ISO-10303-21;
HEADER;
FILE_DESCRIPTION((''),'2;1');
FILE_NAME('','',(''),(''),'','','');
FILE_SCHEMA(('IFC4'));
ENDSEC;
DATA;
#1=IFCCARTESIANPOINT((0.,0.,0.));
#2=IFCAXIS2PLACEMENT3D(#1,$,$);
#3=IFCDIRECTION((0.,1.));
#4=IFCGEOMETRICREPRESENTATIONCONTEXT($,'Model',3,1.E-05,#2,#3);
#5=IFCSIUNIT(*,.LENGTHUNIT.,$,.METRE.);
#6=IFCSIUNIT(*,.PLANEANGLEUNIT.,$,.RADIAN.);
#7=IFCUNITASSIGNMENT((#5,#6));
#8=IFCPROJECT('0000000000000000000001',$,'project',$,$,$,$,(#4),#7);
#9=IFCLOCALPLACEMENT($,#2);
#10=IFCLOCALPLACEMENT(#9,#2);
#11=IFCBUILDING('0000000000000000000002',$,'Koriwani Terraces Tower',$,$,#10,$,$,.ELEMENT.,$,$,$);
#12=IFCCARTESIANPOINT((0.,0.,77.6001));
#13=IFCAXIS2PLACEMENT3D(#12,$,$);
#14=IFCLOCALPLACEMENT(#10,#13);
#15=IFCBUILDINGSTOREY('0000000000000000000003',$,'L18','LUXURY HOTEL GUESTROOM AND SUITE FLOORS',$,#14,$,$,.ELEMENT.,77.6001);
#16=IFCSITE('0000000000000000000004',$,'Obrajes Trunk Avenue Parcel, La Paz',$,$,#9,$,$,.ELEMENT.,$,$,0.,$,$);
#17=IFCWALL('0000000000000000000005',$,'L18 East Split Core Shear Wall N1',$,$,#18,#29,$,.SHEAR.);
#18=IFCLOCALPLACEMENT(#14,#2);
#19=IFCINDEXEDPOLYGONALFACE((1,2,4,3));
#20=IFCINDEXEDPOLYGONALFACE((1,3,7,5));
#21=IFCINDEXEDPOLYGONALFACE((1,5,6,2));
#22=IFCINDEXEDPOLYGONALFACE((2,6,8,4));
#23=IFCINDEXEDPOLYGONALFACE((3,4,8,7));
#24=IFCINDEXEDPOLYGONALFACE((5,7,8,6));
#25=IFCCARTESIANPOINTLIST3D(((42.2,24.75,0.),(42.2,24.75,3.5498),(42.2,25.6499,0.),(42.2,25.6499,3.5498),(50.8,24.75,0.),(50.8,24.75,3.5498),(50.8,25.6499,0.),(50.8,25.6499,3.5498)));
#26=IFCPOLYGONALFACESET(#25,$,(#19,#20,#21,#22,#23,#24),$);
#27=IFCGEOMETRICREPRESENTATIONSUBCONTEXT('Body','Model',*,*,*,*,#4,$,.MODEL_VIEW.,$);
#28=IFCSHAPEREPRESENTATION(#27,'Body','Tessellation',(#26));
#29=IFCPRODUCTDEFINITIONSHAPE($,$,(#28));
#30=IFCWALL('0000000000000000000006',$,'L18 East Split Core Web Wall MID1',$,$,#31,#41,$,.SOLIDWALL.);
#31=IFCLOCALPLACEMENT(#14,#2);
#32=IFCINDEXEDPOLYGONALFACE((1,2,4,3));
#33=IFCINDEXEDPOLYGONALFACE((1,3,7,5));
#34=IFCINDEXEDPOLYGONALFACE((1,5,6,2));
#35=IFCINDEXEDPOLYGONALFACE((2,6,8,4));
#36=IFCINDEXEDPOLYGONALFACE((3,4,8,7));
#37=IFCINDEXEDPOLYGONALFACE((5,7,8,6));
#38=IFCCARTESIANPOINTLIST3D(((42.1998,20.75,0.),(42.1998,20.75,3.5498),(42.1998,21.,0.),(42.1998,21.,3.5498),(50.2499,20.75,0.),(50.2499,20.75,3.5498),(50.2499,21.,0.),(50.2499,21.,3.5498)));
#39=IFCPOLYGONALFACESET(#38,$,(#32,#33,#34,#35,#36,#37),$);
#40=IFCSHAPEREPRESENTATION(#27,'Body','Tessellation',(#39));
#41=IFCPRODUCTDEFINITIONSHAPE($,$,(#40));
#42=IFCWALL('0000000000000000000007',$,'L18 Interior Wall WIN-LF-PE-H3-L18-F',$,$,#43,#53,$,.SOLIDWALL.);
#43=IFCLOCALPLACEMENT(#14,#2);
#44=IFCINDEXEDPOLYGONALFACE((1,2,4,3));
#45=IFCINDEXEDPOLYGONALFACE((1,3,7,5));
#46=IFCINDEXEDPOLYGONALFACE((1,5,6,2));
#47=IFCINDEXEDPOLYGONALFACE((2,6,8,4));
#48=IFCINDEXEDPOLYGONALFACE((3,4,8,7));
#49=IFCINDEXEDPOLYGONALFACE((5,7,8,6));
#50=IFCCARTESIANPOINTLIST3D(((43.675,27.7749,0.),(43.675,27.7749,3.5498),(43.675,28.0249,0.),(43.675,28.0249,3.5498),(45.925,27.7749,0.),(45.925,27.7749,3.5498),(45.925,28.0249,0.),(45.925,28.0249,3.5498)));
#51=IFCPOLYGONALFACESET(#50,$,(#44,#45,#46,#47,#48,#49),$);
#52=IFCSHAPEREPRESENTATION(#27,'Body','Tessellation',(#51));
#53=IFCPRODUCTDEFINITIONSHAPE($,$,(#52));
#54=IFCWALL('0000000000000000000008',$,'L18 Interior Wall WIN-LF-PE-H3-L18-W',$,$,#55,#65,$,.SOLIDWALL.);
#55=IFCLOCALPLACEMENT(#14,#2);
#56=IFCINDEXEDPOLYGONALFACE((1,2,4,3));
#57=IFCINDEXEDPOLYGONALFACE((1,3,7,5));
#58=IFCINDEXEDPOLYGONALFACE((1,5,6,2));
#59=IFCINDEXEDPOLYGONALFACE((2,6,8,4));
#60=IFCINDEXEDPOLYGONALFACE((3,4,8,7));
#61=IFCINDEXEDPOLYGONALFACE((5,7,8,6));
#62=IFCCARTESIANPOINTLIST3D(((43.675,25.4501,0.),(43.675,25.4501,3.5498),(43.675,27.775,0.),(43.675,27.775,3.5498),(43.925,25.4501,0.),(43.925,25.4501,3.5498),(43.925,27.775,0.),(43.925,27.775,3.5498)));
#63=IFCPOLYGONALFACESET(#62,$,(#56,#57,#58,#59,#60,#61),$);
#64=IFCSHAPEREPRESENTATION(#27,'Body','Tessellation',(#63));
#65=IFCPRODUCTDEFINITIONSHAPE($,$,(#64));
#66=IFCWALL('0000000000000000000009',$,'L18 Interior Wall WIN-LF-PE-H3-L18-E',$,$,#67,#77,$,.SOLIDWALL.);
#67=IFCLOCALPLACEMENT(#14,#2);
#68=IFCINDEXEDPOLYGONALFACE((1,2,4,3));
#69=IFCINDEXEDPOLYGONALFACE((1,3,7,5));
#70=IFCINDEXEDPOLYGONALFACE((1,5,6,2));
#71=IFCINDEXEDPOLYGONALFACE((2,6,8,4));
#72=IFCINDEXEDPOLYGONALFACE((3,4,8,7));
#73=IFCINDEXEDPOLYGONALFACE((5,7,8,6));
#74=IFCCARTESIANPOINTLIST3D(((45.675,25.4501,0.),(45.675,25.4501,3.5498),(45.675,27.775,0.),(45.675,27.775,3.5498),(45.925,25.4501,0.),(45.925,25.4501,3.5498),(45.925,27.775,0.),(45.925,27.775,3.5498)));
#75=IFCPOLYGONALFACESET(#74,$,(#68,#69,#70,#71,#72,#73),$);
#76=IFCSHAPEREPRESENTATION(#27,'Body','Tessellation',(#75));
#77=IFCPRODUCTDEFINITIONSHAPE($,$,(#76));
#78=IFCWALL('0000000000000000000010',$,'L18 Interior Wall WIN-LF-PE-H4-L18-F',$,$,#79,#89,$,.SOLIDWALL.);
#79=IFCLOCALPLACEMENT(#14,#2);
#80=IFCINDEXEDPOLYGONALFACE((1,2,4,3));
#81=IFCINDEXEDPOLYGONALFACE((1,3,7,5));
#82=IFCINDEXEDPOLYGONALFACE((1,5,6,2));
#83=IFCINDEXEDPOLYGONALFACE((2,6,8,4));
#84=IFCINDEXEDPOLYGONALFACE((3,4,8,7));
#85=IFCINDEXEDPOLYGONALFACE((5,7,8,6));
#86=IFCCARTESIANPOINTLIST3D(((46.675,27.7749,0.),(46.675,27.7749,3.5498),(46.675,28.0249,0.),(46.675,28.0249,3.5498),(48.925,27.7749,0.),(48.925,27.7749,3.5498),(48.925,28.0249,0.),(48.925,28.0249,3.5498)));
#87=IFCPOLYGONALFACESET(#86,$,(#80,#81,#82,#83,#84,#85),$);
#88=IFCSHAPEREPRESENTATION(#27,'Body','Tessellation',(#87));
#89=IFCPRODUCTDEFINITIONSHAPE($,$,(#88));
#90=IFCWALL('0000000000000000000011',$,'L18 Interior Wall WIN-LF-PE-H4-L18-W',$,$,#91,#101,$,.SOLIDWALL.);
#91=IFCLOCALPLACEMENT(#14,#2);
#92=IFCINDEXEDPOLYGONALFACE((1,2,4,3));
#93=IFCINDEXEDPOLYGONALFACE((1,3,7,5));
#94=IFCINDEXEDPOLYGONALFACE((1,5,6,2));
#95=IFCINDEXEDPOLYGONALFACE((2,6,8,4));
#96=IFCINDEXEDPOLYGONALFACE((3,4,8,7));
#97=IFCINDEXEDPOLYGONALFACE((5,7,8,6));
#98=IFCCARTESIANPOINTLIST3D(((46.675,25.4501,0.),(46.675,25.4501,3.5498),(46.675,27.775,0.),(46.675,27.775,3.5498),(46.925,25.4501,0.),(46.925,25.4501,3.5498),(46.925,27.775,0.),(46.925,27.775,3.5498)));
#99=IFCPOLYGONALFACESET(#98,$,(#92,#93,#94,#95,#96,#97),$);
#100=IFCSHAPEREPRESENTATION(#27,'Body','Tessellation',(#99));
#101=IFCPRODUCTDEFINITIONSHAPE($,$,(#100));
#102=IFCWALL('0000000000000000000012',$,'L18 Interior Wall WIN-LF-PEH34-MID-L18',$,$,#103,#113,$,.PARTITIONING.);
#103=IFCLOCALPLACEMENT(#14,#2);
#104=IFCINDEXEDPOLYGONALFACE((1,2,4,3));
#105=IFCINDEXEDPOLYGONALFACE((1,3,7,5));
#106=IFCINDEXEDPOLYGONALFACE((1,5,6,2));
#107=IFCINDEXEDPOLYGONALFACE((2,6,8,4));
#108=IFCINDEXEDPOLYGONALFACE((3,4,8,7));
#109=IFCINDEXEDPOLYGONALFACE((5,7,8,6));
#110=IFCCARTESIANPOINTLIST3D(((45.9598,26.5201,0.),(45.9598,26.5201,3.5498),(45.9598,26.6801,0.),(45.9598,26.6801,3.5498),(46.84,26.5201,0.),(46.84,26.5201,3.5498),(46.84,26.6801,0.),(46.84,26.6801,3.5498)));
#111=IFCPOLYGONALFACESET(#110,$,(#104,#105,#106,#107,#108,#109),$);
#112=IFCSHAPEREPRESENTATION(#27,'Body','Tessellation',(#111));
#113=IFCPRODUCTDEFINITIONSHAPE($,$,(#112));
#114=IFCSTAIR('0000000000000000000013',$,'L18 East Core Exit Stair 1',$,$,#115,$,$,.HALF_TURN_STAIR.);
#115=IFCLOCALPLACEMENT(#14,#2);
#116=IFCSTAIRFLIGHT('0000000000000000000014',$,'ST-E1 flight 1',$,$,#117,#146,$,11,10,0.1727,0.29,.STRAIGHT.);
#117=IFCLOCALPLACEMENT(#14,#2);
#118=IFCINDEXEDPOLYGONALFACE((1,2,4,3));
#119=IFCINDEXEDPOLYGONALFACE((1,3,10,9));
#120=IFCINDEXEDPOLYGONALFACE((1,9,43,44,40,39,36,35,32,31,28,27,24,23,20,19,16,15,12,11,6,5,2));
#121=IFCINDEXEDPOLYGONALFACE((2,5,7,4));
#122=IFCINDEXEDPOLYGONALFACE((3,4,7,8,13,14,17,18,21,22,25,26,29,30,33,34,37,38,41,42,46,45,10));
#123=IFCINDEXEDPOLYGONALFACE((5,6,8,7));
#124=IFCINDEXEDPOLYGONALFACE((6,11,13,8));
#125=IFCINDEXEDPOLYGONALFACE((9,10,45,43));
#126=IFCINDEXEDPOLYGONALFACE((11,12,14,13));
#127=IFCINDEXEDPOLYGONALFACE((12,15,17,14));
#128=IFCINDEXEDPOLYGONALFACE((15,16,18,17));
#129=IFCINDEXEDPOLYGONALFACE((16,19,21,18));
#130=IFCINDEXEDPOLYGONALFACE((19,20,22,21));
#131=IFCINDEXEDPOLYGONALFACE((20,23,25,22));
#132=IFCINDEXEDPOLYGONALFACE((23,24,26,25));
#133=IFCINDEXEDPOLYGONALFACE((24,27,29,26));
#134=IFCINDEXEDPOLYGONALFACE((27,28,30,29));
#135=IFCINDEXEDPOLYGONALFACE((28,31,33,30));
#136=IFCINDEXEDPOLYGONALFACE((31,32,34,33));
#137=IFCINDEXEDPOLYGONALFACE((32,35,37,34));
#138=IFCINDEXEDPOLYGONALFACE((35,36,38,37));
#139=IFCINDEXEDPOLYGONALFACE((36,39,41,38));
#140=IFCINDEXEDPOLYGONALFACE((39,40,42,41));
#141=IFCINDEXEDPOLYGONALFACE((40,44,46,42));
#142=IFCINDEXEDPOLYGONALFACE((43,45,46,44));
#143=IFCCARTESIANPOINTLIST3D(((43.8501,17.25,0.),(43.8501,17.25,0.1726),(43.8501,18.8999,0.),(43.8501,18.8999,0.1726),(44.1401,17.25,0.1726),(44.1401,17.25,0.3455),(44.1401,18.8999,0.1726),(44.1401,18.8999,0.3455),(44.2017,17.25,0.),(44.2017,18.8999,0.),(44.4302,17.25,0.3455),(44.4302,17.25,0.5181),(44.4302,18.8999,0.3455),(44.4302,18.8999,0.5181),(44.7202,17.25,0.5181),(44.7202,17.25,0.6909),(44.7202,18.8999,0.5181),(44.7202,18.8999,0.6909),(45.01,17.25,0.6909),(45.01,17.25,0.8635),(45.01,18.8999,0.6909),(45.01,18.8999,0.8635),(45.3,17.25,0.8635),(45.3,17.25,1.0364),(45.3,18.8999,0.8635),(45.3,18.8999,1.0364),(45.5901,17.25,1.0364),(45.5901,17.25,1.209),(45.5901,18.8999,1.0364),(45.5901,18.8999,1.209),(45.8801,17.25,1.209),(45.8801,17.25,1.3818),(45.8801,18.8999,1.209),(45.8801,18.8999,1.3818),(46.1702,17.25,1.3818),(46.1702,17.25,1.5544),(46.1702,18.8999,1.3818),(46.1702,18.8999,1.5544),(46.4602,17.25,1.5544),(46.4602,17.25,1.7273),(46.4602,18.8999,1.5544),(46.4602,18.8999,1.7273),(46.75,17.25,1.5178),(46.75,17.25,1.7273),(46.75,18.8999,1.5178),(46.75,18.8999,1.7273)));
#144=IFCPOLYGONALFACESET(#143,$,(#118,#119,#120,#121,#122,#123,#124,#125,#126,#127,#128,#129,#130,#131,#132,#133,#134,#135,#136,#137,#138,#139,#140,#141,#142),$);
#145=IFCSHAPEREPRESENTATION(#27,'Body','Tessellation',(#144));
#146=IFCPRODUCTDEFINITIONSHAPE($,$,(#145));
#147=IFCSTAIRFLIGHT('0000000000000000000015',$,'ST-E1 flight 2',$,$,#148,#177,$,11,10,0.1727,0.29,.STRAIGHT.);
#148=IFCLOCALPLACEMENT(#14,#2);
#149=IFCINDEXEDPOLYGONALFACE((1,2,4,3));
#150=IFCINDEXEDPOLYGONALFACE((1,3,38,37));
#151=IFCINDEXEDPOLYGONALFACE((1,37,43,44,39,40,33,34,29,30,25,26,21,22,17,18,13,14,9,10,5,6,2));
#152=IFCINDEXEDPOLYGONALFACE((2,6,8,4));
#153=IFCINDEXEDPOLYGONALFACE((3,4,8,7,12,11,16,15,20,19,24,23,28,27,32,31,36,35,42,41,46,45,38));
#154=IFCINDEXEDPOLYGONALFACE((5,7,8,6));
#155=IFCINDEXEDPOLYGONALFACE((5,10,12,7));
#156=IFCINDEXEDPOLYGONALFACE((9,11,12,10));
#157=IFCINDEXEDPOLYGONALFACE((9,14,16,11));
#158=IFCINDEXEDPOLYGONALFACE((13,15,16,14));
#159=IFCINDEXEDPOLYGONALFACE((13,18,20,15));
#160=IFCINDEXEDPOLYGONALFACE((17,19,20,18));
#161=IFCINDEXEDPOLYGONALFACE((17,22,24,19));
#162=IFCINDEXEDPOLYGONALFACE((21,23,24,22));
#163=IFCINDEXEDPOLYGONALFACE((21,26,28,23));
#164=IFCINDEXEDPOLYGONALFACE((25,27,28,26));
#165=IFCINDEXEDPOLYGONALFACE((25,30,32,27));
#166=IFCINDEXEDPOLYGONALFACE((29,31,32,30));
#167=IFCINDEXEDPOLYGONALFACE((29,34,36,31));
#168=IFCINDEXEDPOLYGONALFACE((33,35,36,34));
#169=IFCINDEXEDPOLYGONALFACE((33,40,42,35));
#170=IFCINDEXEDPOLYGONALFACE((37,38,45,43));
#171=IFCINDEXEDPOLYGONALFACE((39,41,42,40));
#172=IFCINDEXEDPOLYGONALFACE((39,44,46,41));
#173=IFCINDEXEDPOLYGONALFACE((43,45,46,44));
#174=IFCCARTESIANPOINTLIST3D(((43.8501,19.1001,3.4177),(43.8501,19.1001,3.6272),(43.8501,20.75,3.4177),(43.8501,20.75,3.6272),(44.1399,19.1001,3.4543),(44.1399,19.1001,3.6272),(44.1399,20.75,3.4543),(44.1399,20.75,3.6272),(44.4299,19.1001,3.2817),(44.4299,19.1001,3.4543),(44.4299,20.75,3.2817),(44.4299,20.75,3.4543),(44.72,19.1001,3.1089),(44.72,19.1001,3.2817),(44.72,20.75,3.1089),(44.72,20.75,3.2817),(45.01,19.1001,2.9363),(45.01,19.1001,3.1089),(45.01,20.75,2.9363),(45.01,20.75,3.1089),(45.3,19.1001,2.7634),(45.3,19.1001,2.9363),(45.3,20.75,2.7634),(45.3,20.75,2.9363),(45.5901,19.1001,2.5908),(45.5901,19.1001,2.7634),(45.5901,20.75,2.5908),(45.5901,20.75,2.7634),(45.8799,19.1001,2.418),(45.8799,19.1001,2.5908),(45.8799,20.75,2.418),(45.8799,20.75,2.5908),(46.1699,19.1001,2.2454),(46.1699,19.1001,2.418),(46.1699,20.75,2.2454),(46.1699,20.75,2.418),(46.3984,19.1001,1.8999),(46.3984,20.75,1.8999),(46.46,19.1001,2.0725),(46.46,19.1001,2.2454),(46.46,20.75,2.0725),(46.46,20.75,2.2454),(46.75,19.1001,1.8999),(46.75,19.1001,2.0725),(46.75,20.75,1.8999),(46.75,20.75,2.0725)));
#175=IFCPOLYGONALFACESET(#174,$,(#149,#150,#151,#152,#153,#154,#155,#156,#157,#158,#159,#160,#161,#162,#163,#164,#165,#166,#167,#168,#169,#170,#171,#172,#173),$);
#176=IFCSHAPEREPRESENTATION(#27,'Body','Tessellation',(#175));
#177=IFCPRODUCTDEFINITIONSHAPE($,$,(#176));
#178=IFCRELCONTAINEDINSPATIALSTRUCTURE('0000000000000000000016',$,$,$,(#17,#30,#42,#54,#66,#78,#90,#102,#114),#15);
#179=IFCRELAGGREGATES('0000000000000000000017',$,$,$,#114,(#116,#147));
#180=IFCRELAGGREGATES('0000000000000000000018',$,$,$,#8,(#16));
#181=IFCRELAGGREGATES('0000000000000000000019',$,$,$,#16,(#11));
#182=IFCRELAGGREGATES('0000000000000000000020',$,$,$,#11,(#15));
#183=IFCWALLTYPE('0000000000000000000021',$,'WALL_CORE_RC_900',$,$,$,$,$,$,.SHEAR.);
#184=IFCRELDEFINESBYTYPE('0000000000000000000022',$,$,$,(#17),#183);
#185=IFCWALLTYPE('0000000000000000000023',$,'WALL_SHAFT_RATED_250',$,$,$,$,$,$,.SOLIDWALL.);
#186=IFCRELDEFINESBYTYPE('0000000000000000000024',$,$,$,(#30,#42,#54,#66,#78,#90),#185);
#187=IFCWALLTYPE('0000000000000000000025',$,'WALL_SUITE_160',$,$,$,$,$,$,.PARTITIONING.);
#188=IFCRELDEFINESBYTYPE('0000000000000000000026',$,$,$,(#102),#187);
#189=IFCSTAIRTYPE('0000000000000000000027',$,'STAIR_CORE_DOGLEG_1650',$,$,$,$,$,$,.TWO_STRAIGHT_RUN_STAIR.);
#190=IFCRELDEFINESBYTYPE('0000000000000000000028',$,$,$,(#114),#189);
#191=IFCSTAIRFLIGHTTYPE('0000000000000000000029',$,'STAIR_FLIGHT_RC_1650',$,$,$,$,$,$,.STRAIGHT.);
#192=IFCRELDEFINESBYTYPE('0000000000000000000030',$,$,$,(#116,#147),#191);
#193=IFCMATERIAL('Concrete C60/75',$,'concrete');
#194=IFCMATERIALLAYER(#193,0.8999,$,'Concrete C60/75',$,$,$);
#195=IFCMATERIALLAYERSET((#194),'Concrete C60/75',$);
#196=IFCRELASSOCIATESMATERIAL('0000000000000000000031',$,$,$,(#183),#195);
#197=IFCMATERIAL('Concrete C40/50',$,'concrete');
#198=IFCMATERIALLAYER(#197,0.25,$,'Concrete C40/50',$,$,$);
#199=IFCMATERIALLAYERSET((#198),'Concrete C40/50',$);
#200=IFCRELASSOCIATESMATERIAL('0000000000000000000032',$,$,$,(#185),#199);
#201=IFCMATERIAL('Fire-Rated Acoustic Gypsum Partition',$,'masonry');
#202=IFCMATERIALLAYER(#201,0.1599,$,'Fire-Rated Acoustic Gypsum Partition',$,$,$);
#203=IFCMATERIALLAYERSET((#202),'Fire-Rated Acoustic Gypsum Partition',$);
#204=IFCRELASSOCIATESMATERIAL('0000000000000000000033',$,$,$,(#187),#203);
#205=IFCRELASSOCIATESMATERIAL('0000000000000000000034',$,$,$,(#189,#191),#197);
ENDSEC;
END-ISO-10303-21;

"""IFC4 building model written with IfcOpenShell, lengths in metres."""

from ifc_helpers import new_model, si_unit, direction, frame, frame_2d, origin, place, context, subcontext, project, spatial, polyline, rectangle, outline, extrude, material, layer, layer_set, type_object, element, aggregate, save


model = new_model("IFC4")

# Units and contexts
model_context = context("Model", 3, precision=1e-05, world=origin(), true_north=direction((0.0, 1.0)))
body_context = subcontext(model_context, "Body", "Model", "MODEL_VIEW")
ifc_project = project(units=[si_unit("LENGTHUNIT", "METRE"), si_unit("PLANEANGLEUNIT", "RADIAN")], contexts=[model_context])

# Site, building, storey
site_placement = place(None, origin())
site = spatial("IfcSite", under=ifc_project, at=site_placement, Name="Obrajes Trunk Avenue Parcel, La Paz", CompositionType="ELEMENT", RefElevation=0.0)
building_placement = place(site_placement, origin())
building = spatial("IfcBuilding", under=site, at=building_placement, Name="Koriwani Terraces Tower", CompositionType="ELEMENT")
storey_placement = place(building_placement, frame((0.0, 0.0, 77.6001)))
storey = spatial("IfcBuildingStorey", under=building, at=storey_placement, Name="L18", Description="LUXURY HOTEL GUESTROOM AND SUITE FLOORS", CompositionType="ELEMENT", Elevation=77.6001)

# Shared definitions
ifc_material_1 = material(Name="Concrete C60/75", Category="concrete")

# Shared definitions
ifc_material_2 = material(Name="Concrete C40/50", Category="concrete")

# Walls
ifc_layer_1 = layer(ifc_material_1, 0.8999, Name="Concrete C60/75")
ifc_layer_set_1 = layer_set([ifc_layer_1], Name="Concrete C60/75")
wall_type_1 = type_object("IfcWallType", Name="WALL_CORE_RC_900", PredefinedType="SHEAR", material=ifc_layer_set_1)
wall_1_placement = place(storey_placement, frame((42.2, 25.2, 0.0), z_axis=(0.0, 0.0, 1.0), x_axis=(1.0, 0.0, 0.0)))
element("IfcWall", 1, at=wall_1_placement, inside=storey, type_object=wall_type_1, Name="L18 East Split Core Shear Wall N1", PredefinedType="SHEAR", context=body_context, shape_type="SweptSolid", body=[
    extrude(rectangle(XDim=8.6001, YDim=0.8999, at=frame_2d((4.3, 0.0))), origin(), (0.0, 0.0, 1.0), 3.5498),
])
ifc_layer_2 = layer(ifc_material_2, 0.25, Name="Concrete C40/50")
ifc_layer_set_2 = layer_set([ifc_layer_2], Name="Concrete C40/50")
wall_type_2 = type_object("IfcWallType", Name="WALL_SHAFT_RATED_250", PredefinedType="SOLIDWALL", material=ifc_layer_set_2)
wall_2_placement = place(storey_placement, frame((42.2, 20.875, 0.0), z_axis=(0.0, 0.0, 1.0), x_axis=(1.0, 0.0, 0.0)))
element("IfcWall", 2, at=wall_2_placement, inside=storey, type_object=wall_type_2, Name="L18 East Split Core Web Wall MID1", PredefinedType="SOLIDWALL", context=body_context, shape_type="SweptSolid", body=[
    extrude(rectangle(XDim=8.05, YDim=0.25, at=frame_2d((4.0249, 0.0))), origin(), (0.0, 0.0, 1.0), 3.5498),
])

# Walls
wall_3_placement = place(storey_placement, frame((43.675, 27.8999, 0.0), z_axis=(0.0, 0.0, 1.0), x_axis=(1.0, 0.0, 0.0)))
element("IfcWall", 3, at=wall_3_placement, inside=storey, type_object=wall_type_2, Name="L18 Interior Wall WIN-LF-PE-H3-L18-F", PredefinedType="SOLIDWALL", context=body_context, shape_type="SweptSolid", body=[
    extrude(rectangle(XDim=2.25, YDim=0.25, at=frame_2d((1.125, 0.0))), origin(), (0.0, 0.0, 1.0), 3.5498),
])
for number, where, z_axis, x_axis, name in (
    (4, (43.8, 25.45, 0.0), (0.0, 0.0, 1.0), (0.0, 1.0, 0.0), "L18 Interior Wall WIN-LF-PE-H3-L18-W"),
    (5, (45.8, 25.45, 0.0), (0.0, 0.0, 1.0), (0.0, 1.0, 0.0), "L18 Interior Wall WIN-LF-PE-H3-L18-E"),
):
    element("IfcWall", number, at=place(storey_placement, frame(where, z_axis=z_axis, x_axis=x_axis)), inside=storey, type_object=wall_type_2, Name=name, PredefinedType="SOLIDWALL", context=body_context, shape_type="SweptSolid", body=[
        extrude(rectangle(XDim=2.325, YDim=0.25, at=frame_2d((1.1626, 0.0))), origin(), (0.0, 0.0, 1.0), 3.5498),
    ])
wall_4_placement = place(storey_placement, frame((46.675, 27.8999, 0.0), z_axis=(0.0, 0.0, 1.0), x_axis=(1.0, 0.0, 0.0)))
element("IfcWall", 6, at=wall_4_placement, inside=storey, type_object=wall_type_2, Name="L18 Interior Wall WIN-LF-PE-H4-L18-F", PredefinedType="SOLIDWALL", context=body_context, shape_type="SweptSolid", body=[
    extrude(rectangle(XDim=2.25, YDim=0.25, at=frame_2d((1.125, 0.0))), origin(), (0.0, 0.0, 1.0), 3.5498),
])
wall_5_placement = place(storey_placement, frame((46.8, 25.45, 0.0), z_axis=(0.0, 0.0, 1.0), x_axis=(0.0, 1.0, 0.0)))
element("IfcWall", 7, at=wall_5_placement, inside=storey, type_object=wall_type_2, Name="L18 Interior Wall WIN-LF-PE-H4-L18-W", PredefinedType="SOLIDWALL", context=body_context, shape_type="SweptSolid", body=[
    extrude(rectangle(XDim=2.325, YDim=0.25, at=frame_2d((1.1626, 0.0))), origin(), (0.0, 0.0, 1.0), 3.5498),
])
ifc_material_3 = material(Name="Fire-Rated Acoustic Gypsum Partition", Category="masonry")
ifc_layer_3 = layer(ifc_material_3, 0.1599, Name="Fire-Rated Acoustic Gypsum Partition")
ifc_layer_set_3 = layer_set([ifc_layer_3], Name="Fire-Rated Acoustic Gypsum Partition")
wall_type_3 = type_object("IfcWallType", Name="WALL_SUITE_160", PredefinedType="PARTITIONING", material=ifc_layer_set_3)
wall_6_placement = place(storey_placement, frame((45.96, 26.6001, 0.0), z_axis=(0.0, 0.0, 1.0), x_axis=(1.0, 0.0, 0.0)))
element("IfcWall", 8, at=wall_6_placement, inside=storey, type_object=wall_type_3, Name="L18 Interior Wall WIN-LF-PEH34-MID-L18", PredefinedType="PARTITIONING", context=body_context, shape_type="SweptSolid", body=[
    extrude(rectangle(XDim=0.8801, YDim=0.1599, at=frame_2d((0.4399, 0.0))), origin(), (0.0, 0.0, 1.0), 3.5498),
])

# Stair, stair flights
stair_type = type_object("IfcStairType", Name="STAIR_CORE_DOGLEG_1650", PredefinedType="TWO_STRAIGHT_RUN_STAIR", material=ifc_material_2)
stair_placement = place(storey_placement, origin())
stair = element("IfcStair", 9, at=stair_placement, inside=storey, type_object=stair_type, Name="L18 East Core Exit Stair 1", PredefinedType="HALF_TURN_STAIR")
stair_flight_type = type_object("IfcStairFlightType", Name="STAIR_FLIGHT_RC_1650", PredefinedType="STRAIGHT", material=ifc_material_2)
stair_flight_1_placement = place(storey_placement, frame((43.8501, 18.075, 0.0), z_axis=(0.0, 0.0, 1.0), x_axis=(1.0, 0.0, 0.0)))
stair_flight_1 = element("IfcStairFlight", 10, at=stair_flight_1_placement, type_object=stair_flight_type, Name="ST-E1 flight 1", NumberOfRisers=11, NumberOfTreads=10, PredefinedType="STRAIGHT", RiserHeight=0.1727, TreadLength=0.29, context=body_context, shape_type="SweptSolid", body=[
    extrude(outline(polyline([(0.0, 0.0), (0.0, 0.1726), (0.29, 0.1726), (0.29, 0.3455), (0.5801, 0.3455), (0.5801, 0.5181), (0.8701, 0.5181), (0.8701, 0.6909), (1.1599, 0.6909), (1.1599, 0.8635), (1.45, 0.8635), (1.45, 1.0364), (1.74, 1.0364), (1.74, 1.209), (2.03, 1.209), (2.03, 1.3818), (2.3201, 1.3818), (2.3201, 1.5544), (2.6101, 1.5544), (2.6101, 1.7273), (2.8999, 1.7273), (2.8999, 1.8999), (2.8999, 1.5178), (0.3516, 0.0), (0.0, 0.0)])), frame((0.0, 0.825, 0.0), z_axis=(0.0, -1.0, 0.0), x_axis=(1.0, 0.0, 0.0)), (0.0, 0.0, 1.0), 1.6499),
])
stair_flight_2_placement = place(storey_placement, frame((46.75, 19.925, 1.8999), z_axis=(0.0, 0.0, 1.0), x_axis=(-1.0, 0.0, 0.0)))
stair_flight_2 = element("IfcStairFlight", 11, at=stair_flight_2_placement, type_object=stair_flight_type, Name="ST-E1 flight 2", NumberOfRisers=11, NumberOfTreads=10, PredefinedType="STRAIGHT", RiserHeight=0.1727, TreadLength=0.29, context=body_context, shape_type="SweptSolid", body=[
    extrude(outline(polyline([(0.0, 0.0), (0.0, 0.1726), (0.29, 0.1726), (0.29, 0.3455), (0.5801, 0.3455), (0.5801, 0.5181), (0.8701, 0.5181), (0.8701, 0.6909), (1.1599, 0.6909), (1.1599, 0.8635), (1.45, 0.8635), (1.45, 1.0364), (1.74, 1.0364), (1.74, 1.209), (2.03, 1.209), (2.03, 1.3818), (2.3201, 1.3818), (2.3201, 1.5544), (2.6101, 1.5544), (2.6101, 1.7273), (2.8999, 1.7273), (2.8999, 1.8999), (2.8999, 1.5178), (0.3516, 0.0), (0.0, 0.0)])), frame((0.0, 0.825, 0.0), z_axis=(0.0, -1.0, 0.0), x_axis=(1.0, 0.0, 0.0)), (0.0, 0.0, 1.0), 1.6499),
])
aggregate(stair, [stair_flight_1, stair_flight_2])

save(model, "model.ifc")
